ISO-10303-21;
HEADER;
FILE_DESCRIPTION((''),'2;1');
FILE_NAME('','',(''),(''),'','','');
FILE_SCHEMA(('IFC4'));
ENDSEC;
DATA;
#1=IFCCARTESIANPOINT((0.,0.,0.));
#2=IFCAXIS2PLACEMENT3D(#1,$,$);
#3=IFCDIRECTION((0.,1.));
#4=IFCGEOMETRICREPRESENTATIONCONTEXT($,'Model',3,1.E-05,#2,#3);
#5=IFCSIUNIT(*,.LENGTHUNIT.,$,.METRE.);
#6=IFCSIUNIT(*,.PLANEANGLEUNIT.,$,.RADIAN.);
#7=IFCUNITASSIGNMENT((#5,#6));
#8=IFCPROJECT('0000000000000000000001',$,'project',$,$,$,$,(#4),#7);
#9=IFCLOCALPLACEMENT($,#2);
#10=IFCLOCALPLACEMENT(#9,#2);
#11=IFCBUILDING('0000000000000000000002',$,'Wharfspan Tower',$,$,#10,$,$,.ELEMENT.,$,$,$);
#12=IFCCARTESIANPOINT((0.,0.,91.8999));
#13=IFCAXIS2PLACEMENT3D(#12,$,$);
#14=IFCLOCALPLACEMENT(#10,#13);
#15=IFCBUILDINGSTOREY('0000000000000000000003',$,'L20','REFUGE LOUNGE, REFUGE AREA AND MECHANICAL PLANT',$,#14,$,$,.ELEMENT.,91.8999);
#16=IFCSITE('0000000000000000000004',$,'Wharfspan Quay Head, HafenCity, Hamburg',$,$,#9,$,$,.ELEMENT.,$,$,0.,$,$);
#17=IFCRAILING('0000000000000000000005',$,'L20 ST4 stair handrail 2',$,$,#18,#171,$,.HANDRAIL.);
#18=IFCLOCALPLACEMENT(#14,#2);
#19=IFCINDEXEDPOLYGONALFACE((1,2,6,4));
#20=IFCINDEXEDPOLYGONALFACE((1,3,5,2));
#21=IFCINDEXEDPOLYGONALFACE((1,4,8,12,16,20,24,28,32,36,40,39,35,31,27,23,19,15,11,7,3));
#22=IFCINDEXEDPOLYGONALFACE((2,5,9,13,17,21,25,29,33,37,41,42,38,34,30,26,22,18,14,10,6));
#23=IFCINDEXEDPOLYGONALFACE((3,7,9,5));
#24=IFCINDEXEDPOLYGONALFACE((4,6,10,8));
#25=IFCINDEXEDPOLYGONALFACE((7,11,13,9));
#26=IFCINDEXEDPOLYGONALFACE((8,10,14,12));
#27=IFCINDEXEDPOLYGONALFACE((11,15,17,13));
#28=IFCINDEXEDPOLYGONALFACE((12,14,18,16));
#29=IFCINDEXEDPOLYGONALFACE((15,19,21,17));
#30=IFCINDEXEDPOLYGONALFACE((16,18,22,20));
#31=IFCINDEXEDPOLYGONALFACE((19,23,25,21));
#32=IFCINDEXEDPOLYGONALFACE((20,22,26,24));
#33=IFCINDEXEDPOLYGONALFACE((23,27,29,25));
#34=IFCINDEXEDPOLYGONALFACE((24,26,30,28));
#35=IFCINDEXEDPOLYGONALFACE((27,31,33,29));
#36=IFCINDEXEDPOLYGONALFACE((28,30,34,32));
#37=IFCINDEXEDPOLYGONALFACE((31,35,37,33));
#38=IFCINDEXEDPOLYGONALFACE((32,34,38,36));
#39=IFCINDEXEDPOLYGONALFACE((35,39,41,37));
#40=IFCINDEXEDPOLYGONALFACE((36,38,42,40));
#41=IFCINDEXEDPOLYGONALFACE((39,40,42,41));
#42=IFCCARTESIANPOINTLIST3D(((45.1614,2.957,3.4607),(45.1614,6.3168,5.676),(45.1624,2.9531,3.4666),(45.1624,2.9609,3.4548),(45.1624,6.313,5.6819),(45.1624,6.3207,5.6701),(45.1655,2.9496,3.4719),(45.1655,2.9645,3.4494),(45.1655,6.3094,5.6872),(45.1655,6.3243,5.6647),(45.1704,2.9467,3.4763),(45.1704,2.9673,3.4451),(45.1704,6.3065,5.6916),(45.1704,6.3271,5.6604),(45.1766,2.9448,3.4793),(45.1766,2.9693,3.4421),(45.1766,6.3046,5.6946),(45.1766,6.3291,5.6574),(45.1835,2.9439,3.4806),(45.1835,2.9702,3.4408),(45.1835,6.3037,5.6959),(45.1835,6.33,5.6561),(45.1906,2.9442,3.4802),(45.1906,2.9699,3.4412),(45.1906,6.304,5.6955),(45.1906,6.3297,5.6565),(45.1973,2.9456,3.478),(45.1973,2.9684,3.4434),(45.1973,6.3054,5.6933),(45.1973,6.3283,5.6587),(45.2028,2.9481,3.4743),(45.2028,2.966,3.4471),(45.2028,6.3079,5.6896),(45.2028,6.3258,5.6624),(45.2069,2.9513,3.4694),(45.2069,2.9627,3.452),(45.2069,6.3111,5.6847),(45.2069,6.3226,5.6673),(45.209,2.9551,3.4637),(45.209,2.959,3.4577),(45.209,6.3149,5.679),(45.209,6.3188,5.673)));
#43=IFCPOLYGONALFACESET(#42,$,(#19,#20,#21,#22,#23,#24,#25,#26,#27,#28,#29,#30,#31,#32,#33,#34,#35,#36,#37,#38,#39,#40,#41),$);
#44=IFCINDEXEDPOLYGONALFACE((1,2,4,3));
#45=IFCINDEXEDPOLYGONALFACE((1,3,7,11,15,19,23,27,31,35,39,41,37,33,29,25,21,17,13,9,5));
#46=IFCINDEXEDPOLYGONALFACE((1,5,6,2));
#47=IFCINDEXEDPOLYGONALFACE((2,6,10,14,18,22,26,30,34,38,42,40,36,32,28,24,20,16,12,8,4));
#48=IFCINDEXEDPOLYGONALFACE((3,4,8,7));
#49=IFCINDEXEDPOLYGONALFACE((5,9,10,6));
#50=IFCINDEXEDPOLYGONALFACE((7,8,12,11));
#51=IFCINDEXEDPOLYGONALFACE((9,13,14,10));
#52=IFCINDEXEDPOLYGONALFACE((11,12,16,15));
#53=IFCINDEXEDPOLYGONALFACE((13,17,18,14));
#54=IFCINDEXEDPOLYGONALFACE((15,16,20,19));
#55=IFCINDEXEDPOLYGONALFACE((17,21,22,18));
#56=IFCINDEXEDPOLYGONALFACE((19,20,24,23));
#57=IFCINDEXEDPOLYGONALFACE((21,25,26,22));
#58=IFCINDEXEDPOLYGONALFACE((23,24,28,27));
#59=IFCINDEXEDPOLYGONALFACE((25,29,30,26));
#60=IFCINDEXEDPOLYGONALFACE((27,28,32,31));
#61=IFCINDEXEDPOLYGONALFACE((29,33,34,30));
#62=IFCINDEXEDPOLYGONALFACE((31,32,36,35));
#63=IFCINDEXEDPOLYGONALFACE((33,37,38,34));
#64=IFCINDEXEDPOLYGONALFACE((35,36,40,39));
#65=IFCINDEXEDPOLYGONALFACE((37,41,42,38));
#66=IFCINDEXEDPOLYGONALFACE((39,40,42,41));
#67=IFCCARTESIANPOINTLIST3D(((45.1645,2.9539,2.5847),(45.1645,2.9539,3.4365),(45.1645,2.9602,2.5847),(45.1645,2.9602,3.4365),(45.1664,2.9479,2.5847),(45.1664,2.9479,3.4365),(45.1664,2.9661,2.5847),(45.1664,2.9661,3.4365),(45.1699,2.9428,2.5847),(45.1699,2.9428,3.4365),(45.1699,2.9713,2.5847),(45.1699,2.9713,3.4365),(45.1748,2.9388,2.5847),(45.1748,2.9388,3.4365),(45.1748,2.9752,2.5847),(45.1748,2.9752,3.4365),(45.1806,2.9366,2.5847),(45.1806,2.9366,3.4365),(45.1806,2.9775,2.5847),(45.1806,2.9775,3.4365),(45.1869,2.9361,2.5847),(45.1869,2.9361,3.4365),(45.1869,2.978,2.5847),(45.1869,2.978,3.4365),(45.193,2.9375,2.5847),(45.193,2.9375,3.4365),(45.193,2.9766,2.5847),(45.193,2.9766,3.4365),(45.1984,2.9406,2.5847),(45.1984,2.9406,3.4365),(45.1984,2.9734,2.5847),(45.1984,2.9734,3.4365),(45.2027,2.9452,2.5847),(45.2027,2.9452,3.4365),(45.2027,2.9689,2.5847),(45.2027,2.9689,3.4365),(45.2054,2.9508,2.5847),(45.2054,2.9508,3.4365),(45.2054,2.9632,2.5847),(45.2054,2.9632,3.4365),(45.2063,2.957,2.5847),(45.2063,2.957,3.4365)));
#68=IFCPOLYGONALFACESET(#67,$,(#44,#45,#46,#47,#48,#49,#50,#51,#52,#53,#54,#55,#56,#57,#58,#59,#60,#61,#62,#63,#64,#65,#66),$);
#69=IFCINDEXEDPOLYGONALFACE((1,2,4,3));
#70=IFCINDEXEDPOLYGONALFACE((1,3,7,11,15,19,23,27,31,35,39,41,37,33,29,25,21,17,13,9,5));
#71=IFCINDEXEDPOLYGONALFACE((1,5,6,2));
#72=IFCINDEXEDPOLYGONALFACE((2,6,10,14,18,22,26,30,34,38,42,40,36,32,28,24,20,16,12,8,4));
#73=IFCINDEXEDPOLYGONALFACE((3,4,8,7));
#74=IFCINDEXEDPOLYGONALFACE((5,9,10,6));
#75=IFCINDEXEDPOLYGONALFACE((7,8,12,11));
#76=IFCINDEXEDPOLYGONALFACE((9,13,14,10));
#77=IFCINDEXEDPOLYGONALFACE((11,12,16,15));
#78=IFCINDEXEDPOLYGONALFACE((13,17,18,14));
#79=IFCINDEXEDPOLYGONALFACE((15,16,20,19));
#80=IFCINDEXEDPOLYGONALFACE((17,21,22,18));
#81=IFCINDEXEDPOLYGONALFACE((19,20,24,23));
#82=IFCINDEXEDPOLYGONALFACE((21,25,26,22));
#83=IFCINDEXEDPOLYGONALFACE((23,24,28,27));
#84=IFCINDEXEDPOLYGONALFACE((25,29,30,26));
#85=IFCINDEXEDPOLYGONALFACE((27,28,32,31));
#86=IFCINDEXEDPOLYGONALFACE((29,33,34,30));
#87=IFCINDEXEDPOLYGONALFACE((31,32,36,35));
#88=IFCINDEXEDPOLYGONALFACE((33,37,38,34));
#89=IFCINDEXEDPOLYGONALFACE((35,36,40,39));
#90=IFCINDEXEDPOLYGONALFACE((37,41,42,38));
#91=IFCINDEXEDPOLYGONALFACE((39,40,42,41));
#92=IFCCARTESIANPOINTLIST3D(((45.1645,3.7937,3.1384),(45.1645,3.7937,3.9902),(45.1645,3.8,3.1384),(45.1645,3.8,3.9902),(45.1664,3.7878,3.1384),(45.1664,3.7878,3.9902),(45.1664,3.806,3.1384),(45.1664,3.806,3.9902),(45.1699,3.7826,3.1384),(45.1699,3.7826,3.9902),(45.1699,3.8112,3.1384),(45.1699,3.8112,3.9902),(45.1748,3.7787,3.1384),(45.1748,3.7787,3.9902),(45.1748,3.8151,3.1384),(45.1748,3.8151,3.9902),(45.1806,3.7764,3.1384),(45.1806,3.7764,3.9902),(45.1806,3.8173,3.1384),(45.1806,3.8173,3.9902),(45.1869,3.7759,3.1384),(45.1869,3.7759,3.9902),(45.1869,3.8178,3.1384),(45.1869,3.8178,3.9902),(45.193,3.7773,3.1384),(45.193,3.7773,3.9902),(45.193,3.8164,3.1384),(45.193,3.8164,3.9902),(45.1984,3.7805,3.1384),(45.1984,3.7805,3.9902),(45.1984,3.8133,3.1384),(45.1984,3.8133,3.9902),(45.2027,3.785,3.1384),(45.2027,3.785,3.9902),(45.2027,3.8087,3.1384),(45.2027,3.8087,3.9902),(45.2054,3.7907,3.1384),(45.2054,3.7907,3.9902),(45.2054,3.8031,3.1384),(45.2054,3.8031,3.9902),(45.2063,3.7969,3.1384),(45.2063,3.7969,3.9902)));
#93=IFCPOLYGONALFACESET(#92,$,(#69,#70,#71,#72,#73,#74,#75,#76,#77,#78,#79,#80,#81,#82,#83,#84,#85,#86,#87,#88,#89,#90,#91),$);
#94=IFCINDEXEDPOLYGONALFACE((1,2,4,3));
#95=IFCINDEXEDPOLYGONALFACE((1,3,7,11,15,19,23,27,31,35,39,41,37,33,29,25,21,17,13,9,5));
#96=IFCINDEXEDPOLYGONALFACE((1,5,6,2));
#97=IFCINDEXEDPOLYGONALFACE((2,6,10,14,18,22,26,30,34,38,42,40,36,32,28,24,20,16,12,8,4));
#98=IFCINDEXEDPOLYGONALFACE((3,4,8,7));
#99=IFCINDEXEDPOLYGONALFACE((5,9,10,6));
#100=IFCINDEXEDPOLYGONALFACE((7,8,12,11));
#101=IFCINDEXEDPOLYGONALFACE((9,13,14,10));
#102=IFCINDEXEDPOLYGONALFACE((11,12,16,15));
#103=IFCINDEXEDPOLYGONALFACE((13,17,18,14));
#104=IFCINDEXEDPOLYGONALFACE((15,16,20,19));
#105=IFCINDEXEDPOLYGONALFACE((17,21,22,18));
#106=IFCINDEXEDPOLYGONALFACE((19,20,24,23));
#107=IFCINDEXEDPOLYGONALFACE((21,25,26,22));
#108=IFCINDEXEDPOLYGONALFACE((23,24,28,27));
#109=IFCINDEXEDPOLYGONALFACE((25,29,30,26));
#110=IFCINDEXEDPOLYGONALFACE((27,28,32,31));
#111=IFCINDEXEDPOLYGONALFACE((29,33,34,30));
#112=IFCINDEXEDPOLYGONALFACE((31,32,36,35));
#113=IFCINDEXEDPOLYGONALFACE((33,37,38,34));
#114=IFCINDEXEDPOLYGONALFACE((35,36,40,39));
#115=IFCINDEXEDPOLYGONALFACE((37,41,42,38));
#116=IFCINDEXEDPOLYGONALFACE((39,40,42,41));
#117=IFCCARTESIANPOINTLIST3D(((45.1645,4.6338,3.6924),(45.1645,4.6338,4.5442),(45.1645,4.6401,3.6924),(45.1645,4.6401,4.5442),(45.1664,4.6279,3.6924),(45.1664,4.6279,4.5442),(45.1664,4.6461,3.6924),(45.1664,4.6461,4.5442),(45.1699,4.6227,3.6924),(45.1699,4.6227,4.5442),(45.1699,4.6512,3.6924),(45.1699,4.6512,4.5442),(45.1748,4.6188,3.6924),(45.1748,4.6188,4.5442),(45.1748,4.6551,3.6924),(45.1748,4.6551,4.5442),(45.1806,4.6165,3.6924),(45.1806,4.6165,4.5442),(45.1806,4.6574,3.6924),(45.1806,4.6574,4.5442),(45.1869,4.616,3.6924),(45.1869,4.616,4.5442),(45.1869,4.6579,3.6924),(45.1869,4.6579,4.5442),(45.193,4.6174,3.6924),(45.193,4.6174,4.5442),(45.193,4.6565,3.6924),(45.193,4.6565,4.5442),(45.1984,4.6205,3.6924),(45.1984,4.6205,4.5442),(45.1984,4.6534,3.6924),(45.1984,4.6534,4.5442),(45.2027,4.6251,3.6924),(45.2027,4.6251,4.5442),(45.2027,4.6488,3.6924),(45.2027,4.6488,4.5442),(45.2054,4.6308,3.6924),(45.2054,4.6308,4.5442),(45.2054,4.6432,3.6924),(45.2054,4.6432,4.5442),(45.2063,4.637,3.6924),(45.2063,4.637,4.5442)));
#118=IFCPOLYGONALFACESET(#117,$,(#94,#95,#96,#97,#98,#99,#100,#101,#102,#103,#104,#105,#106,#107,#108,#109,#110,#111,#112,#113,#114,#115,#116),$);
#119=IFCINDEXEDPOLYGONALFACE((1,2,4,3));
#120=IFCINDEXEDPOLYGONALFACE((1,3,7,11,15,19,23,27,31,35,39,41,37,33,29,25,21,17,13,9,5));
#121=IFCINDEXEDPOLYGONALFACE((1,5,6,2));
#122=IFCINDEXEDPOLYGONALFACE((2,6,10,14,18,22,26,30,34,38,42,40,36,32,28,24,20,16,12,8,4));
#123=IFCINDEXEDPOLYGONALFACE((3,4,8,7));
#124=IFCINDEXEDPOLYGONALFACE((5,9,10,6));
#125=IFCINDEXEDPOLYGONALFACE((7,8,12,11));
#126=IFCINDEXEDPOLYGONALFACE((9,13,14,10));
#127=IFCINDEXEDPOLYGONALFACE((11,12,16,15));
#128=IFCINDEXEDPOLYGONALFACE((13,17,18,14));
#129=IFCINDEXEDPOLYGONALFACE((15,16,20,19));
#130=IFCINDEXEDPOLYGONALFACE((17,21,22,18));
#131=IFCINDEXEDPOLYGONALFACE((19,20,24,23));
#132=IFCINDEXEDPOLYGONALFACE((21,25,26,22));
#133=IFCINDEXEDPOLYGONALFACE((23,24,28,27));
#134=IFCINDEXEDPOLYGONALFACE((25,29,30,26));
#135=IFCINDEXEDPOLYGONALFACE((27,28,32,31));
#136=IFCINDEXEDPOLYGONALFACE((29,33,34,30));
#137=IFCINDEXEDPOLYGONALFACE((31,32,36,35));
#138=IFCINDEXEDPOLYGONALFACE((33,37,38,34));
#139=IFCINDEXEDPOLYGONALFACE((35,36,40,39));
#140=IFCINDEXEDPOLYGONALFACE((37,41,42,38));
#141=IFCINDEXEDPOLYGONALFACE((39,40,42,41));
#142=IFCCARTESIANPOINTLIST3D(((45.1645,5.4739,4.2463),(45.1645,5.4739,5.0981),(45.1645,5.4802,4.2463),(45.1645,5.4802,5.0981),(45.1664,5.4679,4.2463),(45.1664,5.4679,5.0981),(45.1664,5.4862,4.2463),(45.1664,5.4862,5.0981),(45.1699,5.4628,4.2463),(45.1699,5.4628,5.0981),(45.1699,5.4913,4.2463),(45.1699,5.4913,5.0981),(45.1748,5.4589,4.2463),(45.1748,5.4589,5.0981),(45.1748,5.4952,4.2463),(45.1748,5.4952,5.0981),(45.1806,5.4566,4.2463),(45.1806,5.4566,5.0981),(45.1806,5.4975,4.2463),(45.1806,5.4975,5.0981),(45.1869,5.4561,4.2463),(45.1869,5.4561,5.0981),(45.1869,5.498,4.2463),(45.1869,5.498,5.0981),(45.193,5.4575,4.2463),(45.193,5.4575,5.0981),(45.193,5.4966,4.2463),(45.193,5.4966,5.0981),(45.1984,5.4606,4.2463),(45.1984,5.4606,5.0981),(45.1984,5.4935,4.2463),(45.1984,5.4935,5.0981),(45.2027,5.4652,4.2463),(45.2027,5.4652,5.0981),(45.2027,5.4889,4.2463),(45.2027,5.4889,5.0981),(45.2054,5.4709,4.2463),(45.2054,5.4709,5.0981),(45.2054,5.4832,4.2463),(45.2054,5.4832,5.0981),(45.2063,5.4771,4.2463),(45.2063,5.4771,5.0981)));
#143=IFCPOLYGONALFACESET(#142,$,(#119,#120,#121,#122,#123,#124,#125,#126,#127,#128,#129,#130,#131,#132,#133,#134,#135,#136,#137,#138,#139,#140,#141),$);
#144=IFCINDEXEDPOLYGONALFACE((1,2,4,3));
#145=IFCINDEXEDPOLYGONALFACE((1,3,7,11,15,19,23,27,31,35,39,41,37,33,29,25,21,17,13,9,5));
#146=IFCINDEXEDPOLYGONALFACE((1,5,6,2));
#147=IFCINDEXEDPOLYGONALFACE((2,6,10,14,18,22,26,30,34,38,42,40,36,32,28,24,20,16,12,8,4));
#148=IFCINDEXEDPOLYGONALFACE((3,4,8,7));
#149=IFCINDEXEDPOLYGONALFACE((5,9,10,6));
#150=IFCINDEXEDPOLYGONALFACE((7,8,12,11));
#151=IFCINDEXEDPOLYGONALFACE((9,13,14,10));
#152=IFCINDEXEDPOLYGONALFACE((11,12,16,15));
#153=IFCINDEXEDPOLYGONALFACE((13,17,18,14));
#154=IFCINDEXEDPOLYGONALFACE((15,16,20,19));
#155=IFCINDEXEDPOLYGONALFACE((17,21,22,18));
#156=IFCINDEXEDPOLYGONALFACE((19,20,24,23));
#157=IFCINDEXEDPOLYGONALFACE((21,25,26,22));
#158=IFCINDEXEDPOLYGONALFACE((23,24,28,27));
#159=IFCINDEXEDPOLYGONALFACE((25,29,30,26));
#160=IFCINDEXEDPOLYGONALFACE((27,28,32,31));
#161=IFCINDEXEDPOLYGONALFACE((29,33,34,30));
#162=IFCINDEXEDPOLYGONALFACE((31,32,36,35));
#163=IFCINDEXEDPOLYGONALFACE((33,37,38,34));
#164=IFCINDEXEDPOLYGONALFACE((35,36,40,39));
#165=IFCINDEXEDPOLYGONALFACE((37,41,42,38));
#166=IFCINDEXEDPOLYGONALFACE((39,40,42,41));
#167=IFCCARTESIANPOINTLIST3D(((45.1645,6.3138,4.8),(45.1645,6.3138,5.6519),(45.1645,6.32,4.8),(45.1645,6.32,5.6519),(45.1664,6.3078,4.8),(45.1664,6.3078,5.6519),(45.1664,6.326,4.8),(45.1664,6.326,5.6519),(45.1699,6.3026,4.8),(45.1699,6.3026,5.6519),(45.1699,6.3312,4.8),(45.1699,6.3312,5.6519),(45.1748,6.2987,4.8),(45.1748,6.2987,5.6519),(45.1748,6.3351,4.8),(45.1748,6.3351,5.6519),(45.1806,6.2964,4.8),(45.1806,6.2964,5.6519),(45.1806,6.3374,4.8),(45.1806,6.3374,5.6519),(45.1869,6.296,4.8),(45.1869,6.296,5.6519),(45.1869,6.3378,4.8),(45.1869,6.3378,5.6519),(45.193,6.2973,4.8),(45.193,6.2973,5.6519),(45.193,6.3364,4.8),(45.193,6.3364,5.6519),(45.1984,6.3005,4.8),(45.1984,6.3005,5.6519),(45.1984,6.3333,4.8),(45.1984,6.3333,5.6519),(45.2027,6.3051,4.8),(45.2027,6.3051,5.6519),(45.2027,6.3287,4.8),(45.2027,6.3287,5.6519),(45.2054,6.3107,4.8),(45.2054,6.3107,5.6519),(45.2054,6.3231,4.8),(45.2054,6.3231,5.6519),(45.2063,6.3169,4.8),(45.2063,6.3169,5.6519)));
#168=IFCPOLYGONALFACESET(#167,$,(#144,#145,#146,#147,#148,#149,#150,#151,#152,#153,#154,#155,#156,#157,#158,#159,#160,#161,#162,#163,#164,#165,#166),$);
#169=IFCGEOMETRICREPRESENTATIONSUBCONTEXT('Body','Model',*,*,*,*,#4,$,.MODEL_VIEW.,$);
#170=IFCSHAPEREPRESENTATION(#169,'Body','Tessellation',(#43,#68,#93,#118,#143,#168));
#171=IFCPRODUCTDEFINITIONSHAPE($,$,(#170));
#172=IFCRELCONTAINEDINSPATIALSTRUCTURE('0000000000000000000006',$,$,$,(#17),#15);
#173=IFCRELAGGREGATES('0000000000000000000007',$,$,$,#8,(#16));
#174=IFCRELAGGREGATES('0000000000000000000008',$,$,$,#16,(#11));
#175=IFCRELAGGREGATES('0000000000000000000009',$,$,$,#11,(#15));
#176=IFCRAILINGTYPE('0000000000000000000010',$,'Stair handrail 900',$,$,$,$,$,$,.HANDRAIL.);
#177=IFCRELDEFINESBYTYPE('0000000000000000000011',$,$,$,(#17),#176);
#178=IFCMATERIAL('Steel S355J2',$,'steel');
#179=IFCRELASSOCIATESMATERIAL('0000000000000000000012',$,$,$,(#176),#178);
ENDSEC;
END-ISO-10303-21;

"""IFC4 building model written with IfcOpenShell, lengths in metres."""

from ifc_helpers import new_model, si_unit, direction, frame, origin, origin_2d, place, context, subcontext, project, spatial, circle, extrude, material, type_object, element, save


model = new_model("IFC4")

# Units and contexts
model_context = context("Model", 3, precision=1e-05, world=origin(), true_north=direction((0.0, 1.0)))
body_context = subcontext(model_context, "Body", "Model", "MODEL_VIEW")
ifc_project = project(units=[si_unit("LENGTHUNIT", "METRE"), si_unit("PLANEANGLEUNIT", "RADIAN")], contexts=[model_context])

# Site, building, storey
site_placement = place(None, origin())
site = spatial("IfcSite", under=ifc_project, at=site_placement, Name="Wharfspan Quay Head, HafenCity, Hamburg", CompositionType="ELEMENT", RefElevation=0.0)
building_placement = place(site_placement, origin())
building = spatial("IfcBuilding", under=site, at=building_placement, Name="Wharfspan Tower", CompositionType="ELEMENT")
storey_placement = place(building_placement, frame((0.0, 0.0, 91.8999)))
storey = spatial("IfcBuildingStorey", under=building, at=storey_placement, Name="L20", Description="REFUGE LOUNGE, REFUGE AREA AND MECHANICAL PLANT", CompositionType="ELEMENT", Elevation=91.8999)

# Railing
ifc_material_1 = material(Name="Steel S355J2", Category="steel")
railing_type_1 = type_object("IfcRailingType", Name="Stair handrail 900", PredefinedType="HANDRAIL", material=ifc_material_1)
railing_1_placement = place(storey_placement, frame((45.1853, 2.957, 2.5847)))
element("IfcRailing", 1, at=railing_1_placement, inside=storey, type_object=railing_type_1, Name="L20 ST4 stair handrail 2", PredefinedType="HANDRAIL", context=body_context, shape_type="SweptSolid", body=[
    extrude(circle(Radius=0.0239, at=origin_2d()), frame((0.0, 0.0, 0.876), z_axis=(0.0, 0.834858, 0.550465), x_axis=(-1.0, 0.0, 0.0)), (0.0, 0.0, 1.0), 4.0244),
    extrude(circle(Radius=0.021, at=origin_2d()), origin(), (0.0, 0.0, 1.0), 0.8518),
    extrude(circle(Radius=0.021, at=origin_2d()), frame((0.0, 0.8398, 0.5537)), (0.0, 0.0, 1.0), 0.8518),
    extrude(circle(Radius=0.021, at=origin_2d()), frame((0.0, 1.6799, 1.1077)), (0.0, 0.0, 1.0), 0.8518),
    extrude(circle(Radius=0.021, at=origin_2d()), frame((0.0, 2.52, 1.6616)), (0.0, 0.0, 1.0), 0.8518),
    extrude(circle(Radius=0.021, at=origin_2d()), frame((0.0, 3.3599, 2.2153)), (0.0, 0.0, 1.0), 0.8518),
])

save(model, "model.ifc")
